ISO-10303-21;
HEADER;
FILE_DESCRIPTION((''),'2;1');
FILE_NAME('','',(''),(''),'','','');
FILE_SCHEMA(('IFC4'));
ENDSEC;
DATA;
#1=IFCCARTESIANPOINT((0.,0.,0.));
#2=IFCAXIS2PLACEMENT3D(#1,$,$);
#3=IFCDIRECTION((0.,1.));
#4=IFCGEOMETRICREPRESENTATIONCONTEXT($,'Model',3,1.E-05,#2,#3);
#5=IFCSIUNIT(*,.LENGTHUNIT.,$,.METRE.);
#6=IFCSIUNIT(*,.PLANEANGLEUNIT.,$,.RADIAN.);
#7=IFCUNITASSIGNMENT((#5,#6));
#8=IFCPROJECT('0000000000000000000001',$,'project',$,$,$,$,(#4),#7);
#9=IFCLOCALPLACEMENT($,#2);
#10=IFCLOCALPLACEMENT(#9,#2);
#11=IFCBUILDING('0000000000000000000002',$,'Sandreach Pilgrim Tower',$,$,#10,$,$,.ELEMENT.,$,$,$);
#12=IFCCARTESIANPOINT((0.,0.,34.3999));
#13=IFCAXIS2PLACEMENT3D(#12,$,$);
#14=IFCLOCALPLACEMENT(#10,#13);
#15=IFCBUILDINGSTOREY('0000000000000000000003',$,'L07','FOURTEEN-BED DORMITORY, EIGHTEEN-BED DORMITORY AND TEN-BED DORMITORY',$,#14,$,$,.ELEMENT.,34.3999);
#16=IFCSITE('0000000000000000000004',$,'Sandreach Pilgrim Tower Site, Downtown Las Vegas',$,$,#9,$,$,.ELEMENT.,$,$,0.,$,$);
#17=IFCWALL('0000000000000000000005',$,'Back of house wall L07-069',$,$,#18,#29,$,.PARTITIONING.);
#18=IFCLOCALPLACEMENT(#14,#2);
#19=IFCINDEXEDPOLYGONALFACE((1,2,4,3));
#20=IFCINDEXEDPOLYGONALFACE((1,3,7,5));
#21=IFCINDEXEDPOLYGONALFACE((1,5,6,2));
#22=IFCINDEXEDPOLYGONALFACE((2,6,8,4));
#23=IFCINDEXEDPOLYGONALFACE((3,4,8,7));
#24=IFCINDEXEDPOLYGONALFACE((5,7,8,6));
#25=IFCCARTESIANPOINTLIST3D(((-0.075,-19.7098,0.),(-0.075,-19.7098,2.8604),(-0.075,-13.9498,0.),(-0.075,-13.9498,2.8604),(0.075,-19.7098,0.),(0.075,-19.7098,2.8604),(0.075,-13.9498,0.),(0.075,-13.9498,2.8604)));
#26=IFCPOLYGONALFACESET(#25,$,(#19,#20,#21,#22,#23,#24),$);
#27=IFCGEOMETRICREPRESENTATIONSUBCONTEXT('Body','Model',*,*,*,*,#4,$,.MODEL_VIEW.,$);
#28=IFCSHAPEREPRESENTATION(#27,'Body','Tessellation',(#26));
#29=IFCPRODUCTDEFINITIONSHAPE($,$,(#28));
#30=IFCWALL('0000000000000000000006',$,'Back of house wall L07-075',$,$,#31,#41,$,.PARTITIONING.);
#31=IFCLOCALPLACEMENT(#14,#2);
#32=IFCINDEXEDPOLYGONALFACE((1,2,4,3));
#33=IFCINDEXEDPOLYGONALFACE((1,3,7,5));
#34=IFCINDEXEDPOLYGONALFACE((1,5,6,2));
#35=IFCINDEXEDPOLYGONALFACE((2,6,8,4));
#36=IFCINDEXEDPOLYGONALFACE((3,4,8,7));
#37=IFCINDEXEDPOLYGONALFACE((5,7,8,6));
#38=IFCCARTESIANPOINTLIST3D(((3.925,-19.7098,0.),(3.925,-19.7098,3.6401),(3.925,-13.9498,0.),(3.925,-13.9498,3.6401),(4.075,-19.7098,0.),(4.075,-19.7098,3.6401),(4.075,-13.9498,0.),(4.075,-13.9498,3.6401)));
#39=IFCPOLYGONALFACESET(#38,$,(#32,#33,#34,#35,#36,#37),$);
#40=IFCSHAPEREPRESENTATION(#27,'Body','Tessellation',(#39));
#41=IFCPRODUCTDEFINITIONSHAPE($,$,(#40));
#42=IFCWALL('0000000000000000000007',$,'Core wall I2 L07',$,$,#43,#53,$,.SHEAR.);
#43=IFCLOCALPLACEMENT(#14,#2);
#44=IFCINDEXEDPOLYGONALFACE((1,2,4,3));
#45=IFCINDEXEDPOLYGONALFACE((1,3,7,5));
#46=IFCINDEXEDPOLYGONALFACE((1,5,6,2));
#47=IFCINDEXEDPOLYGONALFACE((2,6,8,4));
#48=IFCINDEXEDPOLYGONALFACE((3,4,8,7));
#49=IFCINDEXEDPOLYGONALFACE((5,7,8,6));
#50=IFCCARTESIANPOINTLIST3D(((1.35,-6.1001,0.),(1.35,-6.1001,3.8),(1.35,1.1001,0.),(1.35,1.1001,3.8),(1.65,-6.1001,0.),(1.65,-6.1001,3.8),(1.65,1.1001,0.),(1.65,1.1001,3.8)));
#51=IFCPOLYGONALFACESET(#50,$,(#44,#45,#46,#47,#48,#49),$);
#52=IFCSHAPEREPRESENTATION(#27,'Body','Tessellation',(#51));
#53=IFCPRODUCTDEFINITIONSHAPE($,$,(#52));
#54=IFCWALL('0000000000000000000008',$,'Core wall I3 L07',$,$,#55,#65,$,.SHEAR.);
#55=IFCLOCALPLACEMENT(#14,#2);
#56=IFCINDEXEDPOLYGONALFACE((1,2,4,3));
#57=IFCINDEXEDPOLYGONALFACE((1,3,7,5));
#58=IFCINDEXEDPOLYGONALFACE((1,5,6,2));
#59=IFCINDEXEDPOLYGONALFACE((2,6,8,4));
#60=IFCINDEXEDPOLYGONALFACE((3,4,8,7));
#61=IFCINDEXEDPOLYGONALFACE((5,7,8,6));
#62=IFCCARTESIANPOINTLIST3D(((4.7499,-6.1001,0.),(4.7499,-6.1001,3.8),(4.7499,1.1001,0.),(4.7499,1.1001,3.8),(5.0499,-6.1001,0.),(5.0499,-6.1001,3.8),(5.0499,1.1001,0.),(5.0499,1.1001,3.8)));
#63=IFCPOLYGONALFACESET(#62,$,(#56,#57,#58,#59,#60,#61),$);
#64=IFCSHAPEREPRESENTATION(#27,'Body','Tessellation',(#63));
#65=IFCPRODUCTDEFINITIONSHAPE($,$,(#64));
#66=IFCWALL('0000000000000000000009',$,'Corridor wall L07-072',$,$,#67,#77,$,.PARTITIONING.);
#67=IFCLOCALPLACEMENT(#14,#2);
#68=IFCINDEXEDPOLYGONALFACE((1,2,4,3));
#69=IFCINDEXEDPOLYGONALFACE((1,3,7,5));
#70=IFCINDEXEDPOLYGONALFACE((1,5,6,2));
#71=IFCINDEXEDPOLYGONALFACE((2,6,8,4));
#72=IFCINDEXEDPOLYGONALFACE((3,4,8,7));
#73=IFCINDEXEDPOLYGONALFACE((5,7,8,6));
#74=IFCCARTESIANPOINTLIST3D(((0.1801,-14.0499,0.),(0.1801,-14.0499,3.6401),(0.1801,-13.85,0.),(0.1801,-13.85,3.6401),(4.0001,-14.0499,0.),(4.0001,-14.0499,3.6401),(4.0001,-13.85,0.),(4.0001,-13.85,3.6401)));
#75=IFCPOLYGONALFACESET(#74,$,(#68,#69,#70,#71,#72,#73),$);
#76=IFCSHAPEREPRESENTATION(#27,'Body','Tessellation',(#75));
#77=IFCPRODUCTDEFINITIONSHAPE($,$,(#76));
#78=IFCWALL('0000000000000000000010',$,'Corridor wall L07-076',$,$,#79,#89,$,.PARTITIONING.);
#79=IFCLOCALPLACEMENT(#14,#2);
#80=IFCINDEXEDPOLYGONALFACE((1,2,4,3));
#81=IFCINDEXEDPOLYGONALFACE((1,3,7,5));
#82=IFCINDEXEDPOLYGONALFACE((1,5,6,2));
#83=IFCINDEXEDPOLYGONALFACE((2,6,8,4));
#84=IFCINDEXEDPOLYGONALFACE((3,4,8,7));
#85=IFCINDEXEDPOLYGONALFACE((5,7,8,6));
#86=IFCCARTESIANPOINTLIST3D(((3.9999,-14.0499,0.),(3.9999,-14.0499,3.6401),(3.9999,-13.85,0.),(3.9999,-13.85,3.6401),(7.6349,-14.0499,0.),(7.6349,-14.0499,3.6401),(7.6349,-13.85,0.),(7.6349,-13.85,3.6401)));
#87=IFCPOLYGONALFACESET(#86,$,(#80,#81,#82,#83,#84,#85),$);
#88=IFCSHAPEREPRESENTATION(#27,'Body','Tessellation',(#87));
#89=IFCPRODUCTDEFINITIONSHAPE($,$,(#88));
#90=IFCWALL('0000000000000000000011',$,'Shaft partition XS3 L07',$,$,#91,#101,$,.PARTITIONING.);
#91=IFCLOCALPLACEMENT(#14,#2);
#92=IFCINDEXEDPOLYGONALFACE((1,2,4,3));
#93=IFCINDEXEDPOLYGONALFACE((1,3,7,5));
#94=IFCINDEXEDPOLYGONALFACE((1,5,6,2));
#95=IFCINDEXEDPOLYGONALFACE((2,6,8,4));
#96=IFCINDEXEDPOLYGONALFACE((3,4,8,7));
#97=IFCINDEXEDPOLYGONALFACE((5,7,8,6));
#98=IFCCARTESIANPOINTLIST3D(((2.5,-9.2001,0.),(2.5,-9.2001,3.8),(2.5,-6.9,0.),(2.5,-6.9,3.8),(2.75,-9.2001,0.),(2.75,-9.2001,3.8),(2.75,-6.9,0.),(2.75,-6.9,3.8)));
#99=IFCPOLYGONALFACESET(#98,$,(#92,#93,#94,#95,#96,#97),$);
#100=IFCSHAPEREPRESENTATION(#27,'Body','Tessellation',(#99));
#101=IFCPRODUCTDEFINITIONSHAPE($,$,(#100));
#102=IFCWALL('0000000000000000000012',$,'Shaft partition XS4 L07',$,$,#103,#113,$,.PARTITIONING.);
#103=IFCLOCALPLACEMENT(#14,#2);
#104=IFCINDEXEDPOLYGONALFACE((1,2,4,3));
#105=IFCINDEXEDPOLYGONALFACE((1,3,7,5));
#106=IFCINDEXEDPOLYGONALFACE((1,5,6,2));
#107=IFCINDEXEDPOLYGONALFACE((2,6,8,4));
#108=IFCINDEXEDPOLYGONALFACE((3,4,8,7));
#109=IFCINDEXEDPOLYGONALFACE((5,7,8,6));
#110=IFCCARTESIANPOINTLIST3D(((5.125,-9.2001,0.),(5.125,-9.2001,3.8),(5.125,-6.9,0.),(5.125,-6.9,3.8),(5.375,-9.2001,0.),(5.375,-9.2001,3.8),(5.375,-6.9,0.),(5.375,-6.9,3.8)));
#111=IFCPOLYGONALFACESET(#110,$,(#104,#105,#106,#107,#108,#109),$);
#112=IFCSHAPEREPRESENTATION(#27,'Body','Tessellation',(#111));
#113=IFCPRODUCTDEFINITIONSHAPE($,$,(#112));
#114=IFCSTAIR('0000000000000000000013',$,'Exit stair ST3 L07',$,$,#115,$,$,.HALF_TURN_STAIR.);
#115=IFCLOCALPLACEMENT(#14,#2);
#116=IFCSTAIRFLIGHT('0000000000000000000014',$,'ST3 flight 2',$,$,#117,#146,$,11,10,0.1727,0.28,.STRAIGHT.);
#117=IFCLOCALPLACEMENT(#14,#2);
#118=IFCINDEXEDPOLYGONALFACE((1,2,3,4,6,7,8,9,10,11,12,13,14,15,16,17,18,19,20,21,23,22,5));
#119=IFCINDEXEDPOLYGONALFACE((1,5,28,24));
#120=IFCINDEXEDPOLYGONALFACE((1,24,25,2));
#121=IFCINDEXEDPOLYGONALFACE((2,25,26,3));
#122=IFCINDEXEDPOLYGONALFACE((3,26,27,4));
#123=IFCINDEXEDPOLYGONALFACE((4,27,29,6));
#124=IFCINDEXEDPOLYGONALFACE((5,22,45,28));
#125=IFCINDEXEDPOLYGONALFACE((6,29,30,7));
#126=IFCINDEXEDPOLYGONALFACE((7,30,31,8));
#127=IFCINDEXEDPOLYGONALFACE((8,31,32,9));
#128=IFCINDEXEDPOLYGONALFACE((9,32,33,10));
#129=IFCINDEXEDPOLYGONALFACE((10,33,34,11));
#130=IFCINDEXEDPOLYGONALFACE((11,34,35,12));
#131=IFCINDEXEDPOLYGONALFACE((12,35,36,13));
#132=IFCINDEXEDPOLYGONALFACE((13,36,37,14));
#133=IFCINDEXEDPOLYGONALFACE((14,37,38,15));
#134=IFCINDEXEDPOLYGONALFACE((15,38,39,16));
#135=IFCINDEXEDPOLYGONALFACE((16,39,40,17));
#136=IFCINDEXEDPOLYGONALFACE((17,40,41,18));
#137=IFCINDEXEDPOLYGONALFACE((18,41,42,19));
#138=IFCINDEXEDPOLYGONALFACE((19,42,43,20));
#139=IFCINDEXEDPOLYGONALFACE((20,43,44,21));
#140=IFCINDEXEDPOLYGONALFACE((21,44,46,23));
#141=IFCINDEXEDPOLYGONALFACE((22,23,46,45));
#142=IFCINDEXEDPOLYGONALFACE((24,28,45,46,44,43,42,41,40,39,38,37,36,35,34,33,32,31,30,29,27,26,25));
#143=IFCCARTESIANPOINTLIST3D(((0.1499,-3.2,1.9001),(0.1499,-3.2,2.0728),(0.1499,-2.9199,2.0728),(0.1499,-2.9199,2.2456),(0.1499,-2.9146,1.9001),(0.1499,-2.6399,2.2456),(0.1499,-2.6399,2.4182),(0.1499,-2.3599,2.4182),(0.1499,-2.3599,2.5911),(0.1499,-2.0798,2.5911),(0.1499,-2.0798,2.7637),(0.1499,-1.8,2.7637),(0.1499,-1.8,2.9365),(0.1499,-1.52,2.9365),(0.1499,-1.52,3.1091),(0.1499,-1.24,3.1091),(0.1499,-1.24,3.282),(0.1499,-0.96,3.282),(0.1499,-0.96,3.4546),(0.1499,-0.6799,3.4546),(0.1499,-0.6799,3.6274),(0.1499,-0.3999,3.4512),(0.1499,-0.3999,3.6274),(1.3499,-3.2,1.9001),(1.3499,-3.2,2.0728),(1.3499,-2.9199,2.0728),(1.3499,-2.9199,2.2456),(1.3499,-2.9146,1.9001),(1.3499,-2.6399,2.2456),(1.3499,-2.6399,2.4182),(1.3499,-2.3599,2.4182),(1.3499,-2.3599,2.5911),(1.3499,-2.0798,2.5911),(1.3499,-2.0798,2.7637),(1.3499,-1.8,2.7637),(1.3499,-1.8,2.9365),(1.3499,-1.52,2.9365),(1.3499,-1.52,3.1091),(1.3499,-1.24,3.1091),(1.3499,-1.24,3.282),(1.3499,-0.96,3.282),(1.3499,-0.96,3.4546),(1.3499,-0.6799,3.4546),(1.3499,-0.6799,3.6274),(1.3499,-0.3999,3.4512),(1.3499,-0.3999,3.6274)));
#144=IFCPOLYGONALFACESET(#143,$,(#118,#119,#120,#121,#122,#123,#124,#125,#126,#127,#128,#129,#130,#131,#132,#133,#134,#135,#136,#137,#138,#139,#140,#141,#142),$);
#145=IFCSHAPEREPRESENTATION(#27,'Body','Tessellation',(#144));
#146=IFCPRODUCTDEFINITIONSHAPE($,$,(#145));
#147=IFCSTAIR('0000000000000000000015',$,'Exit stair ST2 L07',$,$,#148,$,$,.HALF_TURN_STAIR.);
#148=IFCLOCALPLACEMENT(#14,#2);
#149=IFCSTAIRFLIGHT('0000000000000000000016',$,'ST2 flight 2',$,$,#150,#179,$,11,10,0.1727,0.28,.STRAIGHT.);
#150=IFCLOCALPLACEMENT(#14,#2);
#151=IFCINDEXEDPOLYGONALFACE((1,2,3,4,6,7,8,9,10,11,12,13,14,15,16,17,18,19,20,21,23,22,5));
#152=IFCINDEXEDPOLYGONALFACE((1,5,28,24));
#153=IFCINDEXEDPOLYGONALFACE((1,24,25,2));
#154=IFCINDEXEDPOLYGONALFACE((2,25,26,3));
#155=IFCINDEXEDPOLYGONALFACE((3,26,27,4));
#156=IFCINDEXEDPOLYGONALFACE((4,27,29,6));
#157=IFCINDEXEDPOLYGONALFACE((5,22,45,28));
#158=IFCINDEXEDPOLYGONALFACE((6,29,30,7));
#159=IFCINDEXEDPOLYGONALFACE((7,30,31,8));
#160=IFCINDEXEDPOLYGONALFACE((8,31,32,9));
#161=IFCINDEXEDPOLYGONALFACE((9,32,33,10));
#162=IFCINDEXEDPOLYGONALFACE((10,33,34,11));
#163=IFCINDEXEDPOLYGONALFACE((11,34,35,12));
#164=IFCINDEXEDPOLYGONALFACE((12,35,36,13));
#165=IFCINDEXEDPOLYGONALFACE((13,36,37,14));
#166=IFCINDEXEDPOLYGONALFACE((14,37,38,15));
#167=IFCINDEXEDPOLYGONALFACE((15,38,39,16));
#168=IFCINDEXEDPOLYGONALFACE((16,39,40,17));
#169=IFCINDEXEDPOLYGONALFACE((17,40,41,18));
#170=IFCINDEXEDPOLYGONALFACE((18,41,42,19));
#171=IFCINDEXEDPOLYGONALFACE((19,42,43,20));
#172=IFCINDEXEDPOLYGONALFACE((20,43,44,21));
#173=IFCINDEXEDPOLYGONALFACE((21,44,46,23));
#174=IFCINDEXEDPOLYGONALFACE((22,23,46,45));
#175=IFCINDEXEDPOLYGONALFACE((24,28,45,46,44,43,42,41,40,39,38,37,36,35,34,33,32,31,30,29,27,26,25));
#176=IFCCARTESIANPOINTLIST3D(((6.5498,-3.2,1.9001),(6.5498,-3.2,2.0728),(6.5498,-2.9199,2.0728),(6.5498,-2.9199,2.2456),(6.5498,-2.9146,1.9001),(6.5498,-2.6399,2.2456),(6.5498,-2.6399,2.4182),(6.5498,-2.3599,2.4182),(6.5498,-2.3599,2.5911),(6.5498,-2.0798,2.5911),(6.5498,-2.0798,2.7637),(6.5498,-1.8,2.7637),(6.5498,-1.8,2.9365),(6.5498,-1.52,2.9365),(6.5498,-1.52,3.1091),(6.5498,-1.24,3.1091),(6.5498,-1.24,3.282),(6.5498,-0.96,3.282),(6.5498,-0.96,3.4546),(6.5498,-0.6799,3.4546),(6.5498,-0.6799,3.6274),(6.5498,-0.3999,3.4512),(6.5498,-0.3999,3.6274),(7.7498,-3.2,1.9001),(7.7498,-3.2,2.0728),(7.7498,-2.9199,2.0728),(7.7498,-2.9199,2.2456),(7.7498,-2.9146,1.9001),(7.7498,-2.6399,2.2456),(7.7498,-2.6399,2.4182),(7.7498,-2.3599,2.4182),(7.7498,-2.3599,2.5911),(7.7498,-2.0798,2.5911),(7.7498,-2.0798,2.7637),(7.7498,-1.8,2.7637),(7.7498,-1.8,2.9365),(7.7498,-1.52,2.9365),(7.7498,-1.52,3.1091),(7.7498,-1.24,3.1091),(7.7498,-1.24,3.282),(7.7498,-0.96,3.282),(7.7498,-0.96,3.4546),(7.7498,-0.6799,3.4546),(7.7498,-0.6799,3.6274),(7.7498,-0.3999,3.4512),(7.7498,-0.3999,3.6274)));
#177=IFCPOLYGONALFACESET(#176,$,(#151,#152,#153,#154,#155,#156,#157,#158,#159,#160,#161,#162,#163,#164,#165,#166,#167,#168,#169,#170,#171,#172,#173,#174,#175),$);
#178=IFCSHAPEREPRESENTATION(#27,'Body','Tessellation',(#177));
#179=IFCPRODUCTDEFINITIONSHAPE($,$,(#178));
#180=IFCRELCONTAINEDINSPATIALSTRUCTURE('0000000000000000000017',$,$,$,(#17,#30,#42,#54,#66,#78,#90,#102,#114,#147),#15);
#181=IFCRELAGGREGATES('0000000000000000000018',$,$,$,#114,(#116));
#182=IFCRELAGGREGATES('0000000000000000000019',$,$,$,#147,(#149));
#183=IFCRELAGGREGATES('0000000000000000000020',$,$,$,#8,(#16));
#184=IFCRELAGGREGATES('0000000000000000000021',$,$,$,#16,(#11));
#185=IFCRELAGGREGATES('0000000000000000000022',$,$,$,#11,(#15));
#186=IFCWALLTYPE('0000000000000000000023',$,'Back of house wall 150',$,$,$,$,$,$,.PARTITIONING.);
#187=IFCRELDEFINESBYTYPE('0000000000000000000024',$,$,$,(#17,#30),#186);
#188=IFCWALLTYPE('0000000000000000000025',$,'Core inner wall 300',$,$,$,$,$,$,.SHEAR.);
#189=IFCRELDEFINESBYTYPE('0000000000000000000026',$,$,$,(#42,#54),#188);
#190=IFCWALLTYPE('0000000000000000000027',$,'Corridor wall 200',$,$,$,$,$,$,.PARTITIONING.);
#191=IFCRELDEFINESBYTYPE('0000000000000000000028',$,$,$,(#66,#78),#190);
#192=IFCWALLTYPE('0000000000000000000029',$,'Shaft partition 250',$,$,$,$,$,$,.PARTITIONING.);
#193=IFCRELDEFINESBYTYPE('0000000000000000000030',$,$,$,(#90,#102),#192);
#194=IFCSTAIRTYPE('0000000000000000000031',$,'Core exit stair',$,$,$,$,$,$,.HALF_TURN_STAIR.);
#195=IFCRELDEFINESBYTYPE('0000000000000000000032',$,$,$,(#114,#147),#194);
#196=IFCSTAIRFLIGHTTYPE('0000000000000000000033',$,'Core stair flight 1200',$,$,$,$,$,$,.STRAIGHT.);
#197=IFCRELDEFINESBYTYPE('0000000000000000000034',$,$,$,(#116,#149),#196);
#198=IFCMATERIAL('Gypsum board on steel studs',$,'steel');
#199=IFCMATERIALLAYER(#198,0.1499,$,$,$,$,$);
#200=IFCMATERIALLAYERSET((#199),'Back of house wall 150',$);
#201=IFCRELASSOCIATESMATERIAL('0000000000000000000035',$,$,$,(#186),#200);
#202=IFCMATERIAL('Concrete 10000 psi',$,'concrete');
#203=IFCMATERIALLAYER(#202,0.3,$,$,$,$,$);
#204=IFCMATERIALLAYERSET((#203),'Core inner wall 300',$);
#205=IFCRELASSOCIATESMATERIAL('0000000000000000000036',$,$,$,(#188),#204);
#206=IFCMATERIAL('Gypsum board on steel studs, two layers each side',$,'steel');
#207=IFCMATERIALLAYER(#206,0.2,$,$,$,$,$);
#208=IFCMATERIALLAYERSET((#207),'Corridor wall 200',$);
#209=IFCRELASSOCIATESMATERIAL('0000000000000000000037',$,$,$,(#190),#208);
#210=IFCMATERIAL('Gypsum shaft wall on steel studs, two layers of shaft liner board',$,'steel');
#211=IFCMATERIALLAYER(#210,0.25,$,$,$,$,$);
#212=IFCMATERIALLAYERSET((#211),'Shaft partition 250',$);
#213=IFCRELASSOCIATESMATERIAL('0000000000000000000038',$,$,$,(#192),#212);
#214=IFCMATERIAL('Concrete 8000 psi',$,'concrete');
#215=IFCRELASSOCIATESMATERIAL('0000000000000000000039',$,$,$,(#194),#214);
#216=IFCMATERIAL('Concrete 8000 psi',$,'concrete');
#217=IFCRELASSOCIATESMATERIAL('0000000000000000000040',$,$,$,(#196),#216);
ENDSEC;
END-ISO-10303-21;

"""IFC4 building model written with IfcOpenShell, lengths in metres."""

from ifc_helpers import new_model, si_unit, direction, frame, frame_2d, origin, place, context, subcontext, project, spatial, polyline, rectangle, outline, extrude, material, layer, layer_set, type_object, element, aggregate, save


model = new_model("IFC4")

# Units and contexts
model_context = context("Model", 3, precision=1e-05, world=origin(), true_north=direction((0.0, 1.0)))
body_context = subcontext(model_context, "Body", "Model", "MODEL_VIEW")
ifc_project = project(units=[si_unit("LENGTHUNIT", "METRE"), si_unit("PLANEANGLEUNIT", "RADIAN")], contexts=[model_context])

# Site, building, storey
site_placement = place(None, origin())
site = spatial("IfcSite", under=ifc_project, at=site_placement, Name="Sandreach Pilgrim Tower Site, Downtown Las Vegas", CompositionType="ELEMENT", RefElevation=0.0)
building_placement = place(site_placement, origin())
building = spatial("IfcBuilding", under=site, at=building_placement, Name="Sandreach Pilgrim Tower", CompositionType="ELEMENT")
storey_placement = place(building_placement, frame((0.0, 0.0, 34.3999)))
storey = spatial("IfcBuildingStorey", under=building, at=storey_placement, Name="L07", Description="FOURTEEN-BED DORMITORY, EIGHTEEN-BED DORMITORY AND TEN-BED DORMITORY", CompositionType="ELEMENT", Elevation=34.3999)

# Walls
ifc_material_1 = material(Name="Gypsum board on steel studs", Category="steel")
ifc_layer_1 = layer(ifc_material_1, 0.1499)
ifc_layer_set_1 = layer_set([ifc_layer_1], Name="Back of house wall 150")
wall_type_1 = type_object("IfcWallType", Name="Back of house wall 150", PredefinedType="PARTITIONING", material=ifc_layer_set_1)
wall_1_placement = place(storey_placement, frame((0.0, -13.95, 0.0), z_axis=(0.0, 0.0, 1.0), x_axis=(0.0, -1.0, 0.0)))
element("IfcWall", 1, at=wall_1_placement, inside=storey, type_object=wall_type_1, Name="Back of house wall L07-069", PredefinedType="PARTITIONING", context=body_context, shape_type="SweptSolid", body=[
    extrude(rectangle(XDim=5.76, YDim=0.1499, at=frame_2d((2.8799, 0.0))), origin(), (0.0, 0.0, 1.0), 2.8604),
])
wall_2_placement = place(storey_placement, frame((4.0, -13.95, 0.0), z_axis=(0.0, 0.0, 1.0), x_axis=(0.0, -1.0, 0.0)))
element("IfcWall", 2, at=wall_2_placement, inside=storey, type_object=wall_type_1, Name="Back of house wall L07-075", PredefinedType="PARTITIONING", context=body_context, shape_type="SweptSolid", body=[
    extrude(rectangle(XDim=5.76, YDim=0.1499, at=frame_2d((2.8799, 0.0))), origin(), (0.0, 0.0, 1.0), 3.6401),
])
ifc_material_2 = material(Name="Concrete 10000 psi", Category="concrete")
ifc_layer_2 = layer(ifc_material_2, 0.3)
ifc_layer_set_2 = layer_set([ifc_layer_2], Name="Core inner wall 300")
wall_type_2 = type_object("IfcWallType", Name="Core inner wall 300", PredefinedType="SHEAR", material=ifc_layer_set_2)
for number, where, z_axis, x_axis, name in (
    (3, (1.5, -6.1001, 0.0), (0.0, 0.0, 1.0), (0.0, 1.0, 0.0), "Core wall I2 L07"),
    (4, (4.8999, -6.1001, 0.0), (0.0, 0.0, 1.0), (0.0, 1.0, 0.0), "Core wall I3 L07"),
):
    element("IfcWall", number, at=place(storey_placement, frame(where, z_axis=z_axis, x_axis=x_axis)), inside=storey, type_object=wall_type_2, Name=name, PredefinedType="SHEAR", context=body_context, shape_type="SweptSolid", body=[
        extrude(rectangle(XDim=7.2002, YDim=0.3, at=frame_2d((3.6001, 0.0))), origin(), (0.0, 0.0, 1.0), 3.8),
    ])

# Wall
ifc_material_3 = material(Name="Gypsum board on steel studs, two layers each side", Category="steel")
ifc_layer_3 = layer(ifc_material_3, 0.2)
ifc_layer_set_3 = layer_set([ifc_layer_3], Name="Corridor wall 200")
wall_type_3 = type_object("IfcWallType", Name="Corridor wall 200", PredefinedType="PARTITIONING", material=ifc_layer_set_3)
wall_3_placement = place(storey_placement, frame((0.1799, -13.95, 0.0), z_axis=(0.0, 0.0, 1.0), x_axis=(1.0, 0.0, 0.0)))
element("IfcWall", 5, at=wall_3_placement, inside=storey, type_object=wall_type_3, Name="Corridor wall L07-072", PredefinedType="PARTITIONING", context=body_context, shape_type="SweptSolid", body=[
    extrude(rectangle(XDim=3.8201, YDim=0.2, at=frame_2d((1.9102, 0.0))), origin(), (0.0, 0.0, 1.0), 3.6401),
])

# Walls
wall_4_placement = place(storey_placement, frame((4.0, -13.95, 0.0), z_axis=(0.0, 0.0, 1.0), x_axis=(1.0, 0.0, 0.0)))
element("IfcWall", 6, at=wall_4_placement, inside=storey, type_object=wall_type_3, Name="Corridor wall L07-076", PredefinedType="PARTITIONING", context=body_context, shape_type="SweptSolid", body=[
    extrude(rectangle(XDim=3.635, YDim=0.2, at=frame_2d((1.8174, 0.0))), origin(), (0.0, 0.0, 1.0), 3.6401),
])
ifc_material_4 = material(Name="Gypsum shaft wall on steel studs, two layers of shaft liner board", Category="steel")
ifc_layer_4 = layer(ifc_material_4, 0.25)
ifc_layer_set_4 = layer_set([ifc_layer_4], Name="Shaft partition 250")
wall_type_4 = type_object("IfcWallType", Name="Shaft partition 250", PredefinedType="PARTITIONING", material=ifc_layer_set_4)
for number, where, z_axis, x_axis, name in (
    (7, (2.625, -9.2, 0.0), (0.0, 0.0, 1.0), (0.0, 1.0, 0.0), "Shaft partition XS3 L07"),
    (8, (5.25, -9.2, 0.0), (0.0, 0.0, 1.0), (0.0, 1.0, 0.0), "Shaft partition XS4 L07"),
):
    element("IfcWall", number, at=place(storey_placement, frame(where, z_axis=z_axis, x_axis=x_axis)), inside=storey, type_object=wall_type_4, Name=name, PredefinedType="PARTITIONING", context=body_context, shape_type="SweptSolid", body=[
        extrude(rectangle(XDim=2.3, YDim=0.25, at=frame_2d((1.1499, 0.0))), origin(), (0.0, 0.0, 1.0), 3.8),
    ])

# Stairs, stair flights
ifc_material_5 = material(Name="Concrete 8000 psi", Category="concrete")
stair_type = type_object("IfcStairType", Name="Core exit stair", PredefinedType="HALF_TURN_STAIR", material=ifc_material_5)
stair_1_placement = place(storey_placement, origin())
stair_1 = element("IfcStair", 9, at=stair_1_placement, inside=storey, type_object=stair_type, Name="Exit stair ST3 L07", PredefinedType="HALF_TURN_STAIR")
ifc_material_6 = material(Name="Concrete 8000 psi", Category="concrete")
stair_flight_type = type_object("IfcStairFlightType", Name="Core stair flight 1200", PredefinedType="STRAIGHT", material=ifc_material_6)
stair_flight_1_placement = place(storey_placement, frame((0.75, -3.2, 1.9001), z_axis=(0.0, 0.0, 1.0), x_axis=(0.0, 1.0, 0.0)))
stair_flight_1 = element("IfcStairFlight", 10, at=stair_flight_1_placement, type_object=stair_flight_type, Name="ST3 flight 2", NumberOfRisers=11, NumberOfTreads=10, PredefinedType="STRAIGHT", RiserHeight=0.1727, TreadLength=0.28, context=body_context, shape_type="SweptSolid", body=[
    extrude(outline(polyline([(0.0, 0.0), (0.0, 0.1726), (0.28, 0.1726), (0.28, 0.3455), (0.5601, 0.3455), (0.5601, 0.5181), (0.8401, 0.5181), (0.8401, 0.6909), (1.1201, 0.6909), (1.1201, 0.8635), (1.3999, 0.8635), (1.3999, 1.0364), (1.6799, 1.0364), (1.6799, 1.209), (1.96, 1.209), (1.96, 1.3818), (2.24, 1.3818), (2.24, 1.5544), (2.52, 1.5544), (2.52, 1.7273), (2.8, 1.7273), (2.8, 1.8999), (2.8, 1.551), (0.2854, 0.0), (0.0, 0.0)])), frame((0.0, 0.6001, 0.0), z_axis=(0.0, -1.0, 0.0), x_axis=(1.0, 0.0, 0.0)), (0.0, 0.0, 1.0), 1.2),
])
aggregate(stair_1, [stair_flight_1])
stair_2_placement = place(storey_placement, origin())
stair_2 = element("IfcStair", 11, at=stair_2_placement, inside=storey, type_object=stair_type, Name="Exit stair ST2 L07", PredefinedType="HALF_TURN_STAIR")
stair_flight_2_placement = place(storey_placement, frame((7.1499, -3.2, 1.9001), z_axis=(0.0, 0.0, 1.0), x_axis=(0.0, 1.0, 0.0)))
stair_flight_2 = element("IfcStairFlight", 12, at=stair_flight_2_placement, type_object=stair_flight_type, Name="ST2 flight 2", NumberOfRisers=11, NumberOfTreads=10, PredefinedType="STRAIGHT", RiserHeight=0.1727, TreadLength=0.28, context=body_context, shape_type="SweptSolid", body=[
    extrude(outline(polyline([(0.0, 0.0), (0.0, 0.1726), (0.28, 0.1726), (0.28, 0.3455), (0.5601, 0.3455), (0.5601, 0.5181), (0.8401, 0.5181), (0.8401, 0.6909), (1.1201, 0.6909), (1.1201, 0.8635), (1.3999, 0.8635), (1.3999, 1.0364), (1.6799, 1.0364), (1.6799, 1.209), (1.96, 1.209), (1.96, 1.3818), (2.24, 1.3818), (2.24, 1.5544), (2.52, 1.5544), (2.52, 1.7273), (2.8, 1.7273), (2.8, 1.8999), (2.8, 1.551), (0.2854, 0.0), (0.0, 0.0)])), frame((0.0, 0.6001, 0.0), z_axis=(0.0, -1.0, 0.0), x_axis=(1.0, 0.0, 0.0)), (0.0, 0.0, 1.0), 1.2),
])
aggregate(stair_2, [stair_flight_2])

save(model, "model.ifc")
